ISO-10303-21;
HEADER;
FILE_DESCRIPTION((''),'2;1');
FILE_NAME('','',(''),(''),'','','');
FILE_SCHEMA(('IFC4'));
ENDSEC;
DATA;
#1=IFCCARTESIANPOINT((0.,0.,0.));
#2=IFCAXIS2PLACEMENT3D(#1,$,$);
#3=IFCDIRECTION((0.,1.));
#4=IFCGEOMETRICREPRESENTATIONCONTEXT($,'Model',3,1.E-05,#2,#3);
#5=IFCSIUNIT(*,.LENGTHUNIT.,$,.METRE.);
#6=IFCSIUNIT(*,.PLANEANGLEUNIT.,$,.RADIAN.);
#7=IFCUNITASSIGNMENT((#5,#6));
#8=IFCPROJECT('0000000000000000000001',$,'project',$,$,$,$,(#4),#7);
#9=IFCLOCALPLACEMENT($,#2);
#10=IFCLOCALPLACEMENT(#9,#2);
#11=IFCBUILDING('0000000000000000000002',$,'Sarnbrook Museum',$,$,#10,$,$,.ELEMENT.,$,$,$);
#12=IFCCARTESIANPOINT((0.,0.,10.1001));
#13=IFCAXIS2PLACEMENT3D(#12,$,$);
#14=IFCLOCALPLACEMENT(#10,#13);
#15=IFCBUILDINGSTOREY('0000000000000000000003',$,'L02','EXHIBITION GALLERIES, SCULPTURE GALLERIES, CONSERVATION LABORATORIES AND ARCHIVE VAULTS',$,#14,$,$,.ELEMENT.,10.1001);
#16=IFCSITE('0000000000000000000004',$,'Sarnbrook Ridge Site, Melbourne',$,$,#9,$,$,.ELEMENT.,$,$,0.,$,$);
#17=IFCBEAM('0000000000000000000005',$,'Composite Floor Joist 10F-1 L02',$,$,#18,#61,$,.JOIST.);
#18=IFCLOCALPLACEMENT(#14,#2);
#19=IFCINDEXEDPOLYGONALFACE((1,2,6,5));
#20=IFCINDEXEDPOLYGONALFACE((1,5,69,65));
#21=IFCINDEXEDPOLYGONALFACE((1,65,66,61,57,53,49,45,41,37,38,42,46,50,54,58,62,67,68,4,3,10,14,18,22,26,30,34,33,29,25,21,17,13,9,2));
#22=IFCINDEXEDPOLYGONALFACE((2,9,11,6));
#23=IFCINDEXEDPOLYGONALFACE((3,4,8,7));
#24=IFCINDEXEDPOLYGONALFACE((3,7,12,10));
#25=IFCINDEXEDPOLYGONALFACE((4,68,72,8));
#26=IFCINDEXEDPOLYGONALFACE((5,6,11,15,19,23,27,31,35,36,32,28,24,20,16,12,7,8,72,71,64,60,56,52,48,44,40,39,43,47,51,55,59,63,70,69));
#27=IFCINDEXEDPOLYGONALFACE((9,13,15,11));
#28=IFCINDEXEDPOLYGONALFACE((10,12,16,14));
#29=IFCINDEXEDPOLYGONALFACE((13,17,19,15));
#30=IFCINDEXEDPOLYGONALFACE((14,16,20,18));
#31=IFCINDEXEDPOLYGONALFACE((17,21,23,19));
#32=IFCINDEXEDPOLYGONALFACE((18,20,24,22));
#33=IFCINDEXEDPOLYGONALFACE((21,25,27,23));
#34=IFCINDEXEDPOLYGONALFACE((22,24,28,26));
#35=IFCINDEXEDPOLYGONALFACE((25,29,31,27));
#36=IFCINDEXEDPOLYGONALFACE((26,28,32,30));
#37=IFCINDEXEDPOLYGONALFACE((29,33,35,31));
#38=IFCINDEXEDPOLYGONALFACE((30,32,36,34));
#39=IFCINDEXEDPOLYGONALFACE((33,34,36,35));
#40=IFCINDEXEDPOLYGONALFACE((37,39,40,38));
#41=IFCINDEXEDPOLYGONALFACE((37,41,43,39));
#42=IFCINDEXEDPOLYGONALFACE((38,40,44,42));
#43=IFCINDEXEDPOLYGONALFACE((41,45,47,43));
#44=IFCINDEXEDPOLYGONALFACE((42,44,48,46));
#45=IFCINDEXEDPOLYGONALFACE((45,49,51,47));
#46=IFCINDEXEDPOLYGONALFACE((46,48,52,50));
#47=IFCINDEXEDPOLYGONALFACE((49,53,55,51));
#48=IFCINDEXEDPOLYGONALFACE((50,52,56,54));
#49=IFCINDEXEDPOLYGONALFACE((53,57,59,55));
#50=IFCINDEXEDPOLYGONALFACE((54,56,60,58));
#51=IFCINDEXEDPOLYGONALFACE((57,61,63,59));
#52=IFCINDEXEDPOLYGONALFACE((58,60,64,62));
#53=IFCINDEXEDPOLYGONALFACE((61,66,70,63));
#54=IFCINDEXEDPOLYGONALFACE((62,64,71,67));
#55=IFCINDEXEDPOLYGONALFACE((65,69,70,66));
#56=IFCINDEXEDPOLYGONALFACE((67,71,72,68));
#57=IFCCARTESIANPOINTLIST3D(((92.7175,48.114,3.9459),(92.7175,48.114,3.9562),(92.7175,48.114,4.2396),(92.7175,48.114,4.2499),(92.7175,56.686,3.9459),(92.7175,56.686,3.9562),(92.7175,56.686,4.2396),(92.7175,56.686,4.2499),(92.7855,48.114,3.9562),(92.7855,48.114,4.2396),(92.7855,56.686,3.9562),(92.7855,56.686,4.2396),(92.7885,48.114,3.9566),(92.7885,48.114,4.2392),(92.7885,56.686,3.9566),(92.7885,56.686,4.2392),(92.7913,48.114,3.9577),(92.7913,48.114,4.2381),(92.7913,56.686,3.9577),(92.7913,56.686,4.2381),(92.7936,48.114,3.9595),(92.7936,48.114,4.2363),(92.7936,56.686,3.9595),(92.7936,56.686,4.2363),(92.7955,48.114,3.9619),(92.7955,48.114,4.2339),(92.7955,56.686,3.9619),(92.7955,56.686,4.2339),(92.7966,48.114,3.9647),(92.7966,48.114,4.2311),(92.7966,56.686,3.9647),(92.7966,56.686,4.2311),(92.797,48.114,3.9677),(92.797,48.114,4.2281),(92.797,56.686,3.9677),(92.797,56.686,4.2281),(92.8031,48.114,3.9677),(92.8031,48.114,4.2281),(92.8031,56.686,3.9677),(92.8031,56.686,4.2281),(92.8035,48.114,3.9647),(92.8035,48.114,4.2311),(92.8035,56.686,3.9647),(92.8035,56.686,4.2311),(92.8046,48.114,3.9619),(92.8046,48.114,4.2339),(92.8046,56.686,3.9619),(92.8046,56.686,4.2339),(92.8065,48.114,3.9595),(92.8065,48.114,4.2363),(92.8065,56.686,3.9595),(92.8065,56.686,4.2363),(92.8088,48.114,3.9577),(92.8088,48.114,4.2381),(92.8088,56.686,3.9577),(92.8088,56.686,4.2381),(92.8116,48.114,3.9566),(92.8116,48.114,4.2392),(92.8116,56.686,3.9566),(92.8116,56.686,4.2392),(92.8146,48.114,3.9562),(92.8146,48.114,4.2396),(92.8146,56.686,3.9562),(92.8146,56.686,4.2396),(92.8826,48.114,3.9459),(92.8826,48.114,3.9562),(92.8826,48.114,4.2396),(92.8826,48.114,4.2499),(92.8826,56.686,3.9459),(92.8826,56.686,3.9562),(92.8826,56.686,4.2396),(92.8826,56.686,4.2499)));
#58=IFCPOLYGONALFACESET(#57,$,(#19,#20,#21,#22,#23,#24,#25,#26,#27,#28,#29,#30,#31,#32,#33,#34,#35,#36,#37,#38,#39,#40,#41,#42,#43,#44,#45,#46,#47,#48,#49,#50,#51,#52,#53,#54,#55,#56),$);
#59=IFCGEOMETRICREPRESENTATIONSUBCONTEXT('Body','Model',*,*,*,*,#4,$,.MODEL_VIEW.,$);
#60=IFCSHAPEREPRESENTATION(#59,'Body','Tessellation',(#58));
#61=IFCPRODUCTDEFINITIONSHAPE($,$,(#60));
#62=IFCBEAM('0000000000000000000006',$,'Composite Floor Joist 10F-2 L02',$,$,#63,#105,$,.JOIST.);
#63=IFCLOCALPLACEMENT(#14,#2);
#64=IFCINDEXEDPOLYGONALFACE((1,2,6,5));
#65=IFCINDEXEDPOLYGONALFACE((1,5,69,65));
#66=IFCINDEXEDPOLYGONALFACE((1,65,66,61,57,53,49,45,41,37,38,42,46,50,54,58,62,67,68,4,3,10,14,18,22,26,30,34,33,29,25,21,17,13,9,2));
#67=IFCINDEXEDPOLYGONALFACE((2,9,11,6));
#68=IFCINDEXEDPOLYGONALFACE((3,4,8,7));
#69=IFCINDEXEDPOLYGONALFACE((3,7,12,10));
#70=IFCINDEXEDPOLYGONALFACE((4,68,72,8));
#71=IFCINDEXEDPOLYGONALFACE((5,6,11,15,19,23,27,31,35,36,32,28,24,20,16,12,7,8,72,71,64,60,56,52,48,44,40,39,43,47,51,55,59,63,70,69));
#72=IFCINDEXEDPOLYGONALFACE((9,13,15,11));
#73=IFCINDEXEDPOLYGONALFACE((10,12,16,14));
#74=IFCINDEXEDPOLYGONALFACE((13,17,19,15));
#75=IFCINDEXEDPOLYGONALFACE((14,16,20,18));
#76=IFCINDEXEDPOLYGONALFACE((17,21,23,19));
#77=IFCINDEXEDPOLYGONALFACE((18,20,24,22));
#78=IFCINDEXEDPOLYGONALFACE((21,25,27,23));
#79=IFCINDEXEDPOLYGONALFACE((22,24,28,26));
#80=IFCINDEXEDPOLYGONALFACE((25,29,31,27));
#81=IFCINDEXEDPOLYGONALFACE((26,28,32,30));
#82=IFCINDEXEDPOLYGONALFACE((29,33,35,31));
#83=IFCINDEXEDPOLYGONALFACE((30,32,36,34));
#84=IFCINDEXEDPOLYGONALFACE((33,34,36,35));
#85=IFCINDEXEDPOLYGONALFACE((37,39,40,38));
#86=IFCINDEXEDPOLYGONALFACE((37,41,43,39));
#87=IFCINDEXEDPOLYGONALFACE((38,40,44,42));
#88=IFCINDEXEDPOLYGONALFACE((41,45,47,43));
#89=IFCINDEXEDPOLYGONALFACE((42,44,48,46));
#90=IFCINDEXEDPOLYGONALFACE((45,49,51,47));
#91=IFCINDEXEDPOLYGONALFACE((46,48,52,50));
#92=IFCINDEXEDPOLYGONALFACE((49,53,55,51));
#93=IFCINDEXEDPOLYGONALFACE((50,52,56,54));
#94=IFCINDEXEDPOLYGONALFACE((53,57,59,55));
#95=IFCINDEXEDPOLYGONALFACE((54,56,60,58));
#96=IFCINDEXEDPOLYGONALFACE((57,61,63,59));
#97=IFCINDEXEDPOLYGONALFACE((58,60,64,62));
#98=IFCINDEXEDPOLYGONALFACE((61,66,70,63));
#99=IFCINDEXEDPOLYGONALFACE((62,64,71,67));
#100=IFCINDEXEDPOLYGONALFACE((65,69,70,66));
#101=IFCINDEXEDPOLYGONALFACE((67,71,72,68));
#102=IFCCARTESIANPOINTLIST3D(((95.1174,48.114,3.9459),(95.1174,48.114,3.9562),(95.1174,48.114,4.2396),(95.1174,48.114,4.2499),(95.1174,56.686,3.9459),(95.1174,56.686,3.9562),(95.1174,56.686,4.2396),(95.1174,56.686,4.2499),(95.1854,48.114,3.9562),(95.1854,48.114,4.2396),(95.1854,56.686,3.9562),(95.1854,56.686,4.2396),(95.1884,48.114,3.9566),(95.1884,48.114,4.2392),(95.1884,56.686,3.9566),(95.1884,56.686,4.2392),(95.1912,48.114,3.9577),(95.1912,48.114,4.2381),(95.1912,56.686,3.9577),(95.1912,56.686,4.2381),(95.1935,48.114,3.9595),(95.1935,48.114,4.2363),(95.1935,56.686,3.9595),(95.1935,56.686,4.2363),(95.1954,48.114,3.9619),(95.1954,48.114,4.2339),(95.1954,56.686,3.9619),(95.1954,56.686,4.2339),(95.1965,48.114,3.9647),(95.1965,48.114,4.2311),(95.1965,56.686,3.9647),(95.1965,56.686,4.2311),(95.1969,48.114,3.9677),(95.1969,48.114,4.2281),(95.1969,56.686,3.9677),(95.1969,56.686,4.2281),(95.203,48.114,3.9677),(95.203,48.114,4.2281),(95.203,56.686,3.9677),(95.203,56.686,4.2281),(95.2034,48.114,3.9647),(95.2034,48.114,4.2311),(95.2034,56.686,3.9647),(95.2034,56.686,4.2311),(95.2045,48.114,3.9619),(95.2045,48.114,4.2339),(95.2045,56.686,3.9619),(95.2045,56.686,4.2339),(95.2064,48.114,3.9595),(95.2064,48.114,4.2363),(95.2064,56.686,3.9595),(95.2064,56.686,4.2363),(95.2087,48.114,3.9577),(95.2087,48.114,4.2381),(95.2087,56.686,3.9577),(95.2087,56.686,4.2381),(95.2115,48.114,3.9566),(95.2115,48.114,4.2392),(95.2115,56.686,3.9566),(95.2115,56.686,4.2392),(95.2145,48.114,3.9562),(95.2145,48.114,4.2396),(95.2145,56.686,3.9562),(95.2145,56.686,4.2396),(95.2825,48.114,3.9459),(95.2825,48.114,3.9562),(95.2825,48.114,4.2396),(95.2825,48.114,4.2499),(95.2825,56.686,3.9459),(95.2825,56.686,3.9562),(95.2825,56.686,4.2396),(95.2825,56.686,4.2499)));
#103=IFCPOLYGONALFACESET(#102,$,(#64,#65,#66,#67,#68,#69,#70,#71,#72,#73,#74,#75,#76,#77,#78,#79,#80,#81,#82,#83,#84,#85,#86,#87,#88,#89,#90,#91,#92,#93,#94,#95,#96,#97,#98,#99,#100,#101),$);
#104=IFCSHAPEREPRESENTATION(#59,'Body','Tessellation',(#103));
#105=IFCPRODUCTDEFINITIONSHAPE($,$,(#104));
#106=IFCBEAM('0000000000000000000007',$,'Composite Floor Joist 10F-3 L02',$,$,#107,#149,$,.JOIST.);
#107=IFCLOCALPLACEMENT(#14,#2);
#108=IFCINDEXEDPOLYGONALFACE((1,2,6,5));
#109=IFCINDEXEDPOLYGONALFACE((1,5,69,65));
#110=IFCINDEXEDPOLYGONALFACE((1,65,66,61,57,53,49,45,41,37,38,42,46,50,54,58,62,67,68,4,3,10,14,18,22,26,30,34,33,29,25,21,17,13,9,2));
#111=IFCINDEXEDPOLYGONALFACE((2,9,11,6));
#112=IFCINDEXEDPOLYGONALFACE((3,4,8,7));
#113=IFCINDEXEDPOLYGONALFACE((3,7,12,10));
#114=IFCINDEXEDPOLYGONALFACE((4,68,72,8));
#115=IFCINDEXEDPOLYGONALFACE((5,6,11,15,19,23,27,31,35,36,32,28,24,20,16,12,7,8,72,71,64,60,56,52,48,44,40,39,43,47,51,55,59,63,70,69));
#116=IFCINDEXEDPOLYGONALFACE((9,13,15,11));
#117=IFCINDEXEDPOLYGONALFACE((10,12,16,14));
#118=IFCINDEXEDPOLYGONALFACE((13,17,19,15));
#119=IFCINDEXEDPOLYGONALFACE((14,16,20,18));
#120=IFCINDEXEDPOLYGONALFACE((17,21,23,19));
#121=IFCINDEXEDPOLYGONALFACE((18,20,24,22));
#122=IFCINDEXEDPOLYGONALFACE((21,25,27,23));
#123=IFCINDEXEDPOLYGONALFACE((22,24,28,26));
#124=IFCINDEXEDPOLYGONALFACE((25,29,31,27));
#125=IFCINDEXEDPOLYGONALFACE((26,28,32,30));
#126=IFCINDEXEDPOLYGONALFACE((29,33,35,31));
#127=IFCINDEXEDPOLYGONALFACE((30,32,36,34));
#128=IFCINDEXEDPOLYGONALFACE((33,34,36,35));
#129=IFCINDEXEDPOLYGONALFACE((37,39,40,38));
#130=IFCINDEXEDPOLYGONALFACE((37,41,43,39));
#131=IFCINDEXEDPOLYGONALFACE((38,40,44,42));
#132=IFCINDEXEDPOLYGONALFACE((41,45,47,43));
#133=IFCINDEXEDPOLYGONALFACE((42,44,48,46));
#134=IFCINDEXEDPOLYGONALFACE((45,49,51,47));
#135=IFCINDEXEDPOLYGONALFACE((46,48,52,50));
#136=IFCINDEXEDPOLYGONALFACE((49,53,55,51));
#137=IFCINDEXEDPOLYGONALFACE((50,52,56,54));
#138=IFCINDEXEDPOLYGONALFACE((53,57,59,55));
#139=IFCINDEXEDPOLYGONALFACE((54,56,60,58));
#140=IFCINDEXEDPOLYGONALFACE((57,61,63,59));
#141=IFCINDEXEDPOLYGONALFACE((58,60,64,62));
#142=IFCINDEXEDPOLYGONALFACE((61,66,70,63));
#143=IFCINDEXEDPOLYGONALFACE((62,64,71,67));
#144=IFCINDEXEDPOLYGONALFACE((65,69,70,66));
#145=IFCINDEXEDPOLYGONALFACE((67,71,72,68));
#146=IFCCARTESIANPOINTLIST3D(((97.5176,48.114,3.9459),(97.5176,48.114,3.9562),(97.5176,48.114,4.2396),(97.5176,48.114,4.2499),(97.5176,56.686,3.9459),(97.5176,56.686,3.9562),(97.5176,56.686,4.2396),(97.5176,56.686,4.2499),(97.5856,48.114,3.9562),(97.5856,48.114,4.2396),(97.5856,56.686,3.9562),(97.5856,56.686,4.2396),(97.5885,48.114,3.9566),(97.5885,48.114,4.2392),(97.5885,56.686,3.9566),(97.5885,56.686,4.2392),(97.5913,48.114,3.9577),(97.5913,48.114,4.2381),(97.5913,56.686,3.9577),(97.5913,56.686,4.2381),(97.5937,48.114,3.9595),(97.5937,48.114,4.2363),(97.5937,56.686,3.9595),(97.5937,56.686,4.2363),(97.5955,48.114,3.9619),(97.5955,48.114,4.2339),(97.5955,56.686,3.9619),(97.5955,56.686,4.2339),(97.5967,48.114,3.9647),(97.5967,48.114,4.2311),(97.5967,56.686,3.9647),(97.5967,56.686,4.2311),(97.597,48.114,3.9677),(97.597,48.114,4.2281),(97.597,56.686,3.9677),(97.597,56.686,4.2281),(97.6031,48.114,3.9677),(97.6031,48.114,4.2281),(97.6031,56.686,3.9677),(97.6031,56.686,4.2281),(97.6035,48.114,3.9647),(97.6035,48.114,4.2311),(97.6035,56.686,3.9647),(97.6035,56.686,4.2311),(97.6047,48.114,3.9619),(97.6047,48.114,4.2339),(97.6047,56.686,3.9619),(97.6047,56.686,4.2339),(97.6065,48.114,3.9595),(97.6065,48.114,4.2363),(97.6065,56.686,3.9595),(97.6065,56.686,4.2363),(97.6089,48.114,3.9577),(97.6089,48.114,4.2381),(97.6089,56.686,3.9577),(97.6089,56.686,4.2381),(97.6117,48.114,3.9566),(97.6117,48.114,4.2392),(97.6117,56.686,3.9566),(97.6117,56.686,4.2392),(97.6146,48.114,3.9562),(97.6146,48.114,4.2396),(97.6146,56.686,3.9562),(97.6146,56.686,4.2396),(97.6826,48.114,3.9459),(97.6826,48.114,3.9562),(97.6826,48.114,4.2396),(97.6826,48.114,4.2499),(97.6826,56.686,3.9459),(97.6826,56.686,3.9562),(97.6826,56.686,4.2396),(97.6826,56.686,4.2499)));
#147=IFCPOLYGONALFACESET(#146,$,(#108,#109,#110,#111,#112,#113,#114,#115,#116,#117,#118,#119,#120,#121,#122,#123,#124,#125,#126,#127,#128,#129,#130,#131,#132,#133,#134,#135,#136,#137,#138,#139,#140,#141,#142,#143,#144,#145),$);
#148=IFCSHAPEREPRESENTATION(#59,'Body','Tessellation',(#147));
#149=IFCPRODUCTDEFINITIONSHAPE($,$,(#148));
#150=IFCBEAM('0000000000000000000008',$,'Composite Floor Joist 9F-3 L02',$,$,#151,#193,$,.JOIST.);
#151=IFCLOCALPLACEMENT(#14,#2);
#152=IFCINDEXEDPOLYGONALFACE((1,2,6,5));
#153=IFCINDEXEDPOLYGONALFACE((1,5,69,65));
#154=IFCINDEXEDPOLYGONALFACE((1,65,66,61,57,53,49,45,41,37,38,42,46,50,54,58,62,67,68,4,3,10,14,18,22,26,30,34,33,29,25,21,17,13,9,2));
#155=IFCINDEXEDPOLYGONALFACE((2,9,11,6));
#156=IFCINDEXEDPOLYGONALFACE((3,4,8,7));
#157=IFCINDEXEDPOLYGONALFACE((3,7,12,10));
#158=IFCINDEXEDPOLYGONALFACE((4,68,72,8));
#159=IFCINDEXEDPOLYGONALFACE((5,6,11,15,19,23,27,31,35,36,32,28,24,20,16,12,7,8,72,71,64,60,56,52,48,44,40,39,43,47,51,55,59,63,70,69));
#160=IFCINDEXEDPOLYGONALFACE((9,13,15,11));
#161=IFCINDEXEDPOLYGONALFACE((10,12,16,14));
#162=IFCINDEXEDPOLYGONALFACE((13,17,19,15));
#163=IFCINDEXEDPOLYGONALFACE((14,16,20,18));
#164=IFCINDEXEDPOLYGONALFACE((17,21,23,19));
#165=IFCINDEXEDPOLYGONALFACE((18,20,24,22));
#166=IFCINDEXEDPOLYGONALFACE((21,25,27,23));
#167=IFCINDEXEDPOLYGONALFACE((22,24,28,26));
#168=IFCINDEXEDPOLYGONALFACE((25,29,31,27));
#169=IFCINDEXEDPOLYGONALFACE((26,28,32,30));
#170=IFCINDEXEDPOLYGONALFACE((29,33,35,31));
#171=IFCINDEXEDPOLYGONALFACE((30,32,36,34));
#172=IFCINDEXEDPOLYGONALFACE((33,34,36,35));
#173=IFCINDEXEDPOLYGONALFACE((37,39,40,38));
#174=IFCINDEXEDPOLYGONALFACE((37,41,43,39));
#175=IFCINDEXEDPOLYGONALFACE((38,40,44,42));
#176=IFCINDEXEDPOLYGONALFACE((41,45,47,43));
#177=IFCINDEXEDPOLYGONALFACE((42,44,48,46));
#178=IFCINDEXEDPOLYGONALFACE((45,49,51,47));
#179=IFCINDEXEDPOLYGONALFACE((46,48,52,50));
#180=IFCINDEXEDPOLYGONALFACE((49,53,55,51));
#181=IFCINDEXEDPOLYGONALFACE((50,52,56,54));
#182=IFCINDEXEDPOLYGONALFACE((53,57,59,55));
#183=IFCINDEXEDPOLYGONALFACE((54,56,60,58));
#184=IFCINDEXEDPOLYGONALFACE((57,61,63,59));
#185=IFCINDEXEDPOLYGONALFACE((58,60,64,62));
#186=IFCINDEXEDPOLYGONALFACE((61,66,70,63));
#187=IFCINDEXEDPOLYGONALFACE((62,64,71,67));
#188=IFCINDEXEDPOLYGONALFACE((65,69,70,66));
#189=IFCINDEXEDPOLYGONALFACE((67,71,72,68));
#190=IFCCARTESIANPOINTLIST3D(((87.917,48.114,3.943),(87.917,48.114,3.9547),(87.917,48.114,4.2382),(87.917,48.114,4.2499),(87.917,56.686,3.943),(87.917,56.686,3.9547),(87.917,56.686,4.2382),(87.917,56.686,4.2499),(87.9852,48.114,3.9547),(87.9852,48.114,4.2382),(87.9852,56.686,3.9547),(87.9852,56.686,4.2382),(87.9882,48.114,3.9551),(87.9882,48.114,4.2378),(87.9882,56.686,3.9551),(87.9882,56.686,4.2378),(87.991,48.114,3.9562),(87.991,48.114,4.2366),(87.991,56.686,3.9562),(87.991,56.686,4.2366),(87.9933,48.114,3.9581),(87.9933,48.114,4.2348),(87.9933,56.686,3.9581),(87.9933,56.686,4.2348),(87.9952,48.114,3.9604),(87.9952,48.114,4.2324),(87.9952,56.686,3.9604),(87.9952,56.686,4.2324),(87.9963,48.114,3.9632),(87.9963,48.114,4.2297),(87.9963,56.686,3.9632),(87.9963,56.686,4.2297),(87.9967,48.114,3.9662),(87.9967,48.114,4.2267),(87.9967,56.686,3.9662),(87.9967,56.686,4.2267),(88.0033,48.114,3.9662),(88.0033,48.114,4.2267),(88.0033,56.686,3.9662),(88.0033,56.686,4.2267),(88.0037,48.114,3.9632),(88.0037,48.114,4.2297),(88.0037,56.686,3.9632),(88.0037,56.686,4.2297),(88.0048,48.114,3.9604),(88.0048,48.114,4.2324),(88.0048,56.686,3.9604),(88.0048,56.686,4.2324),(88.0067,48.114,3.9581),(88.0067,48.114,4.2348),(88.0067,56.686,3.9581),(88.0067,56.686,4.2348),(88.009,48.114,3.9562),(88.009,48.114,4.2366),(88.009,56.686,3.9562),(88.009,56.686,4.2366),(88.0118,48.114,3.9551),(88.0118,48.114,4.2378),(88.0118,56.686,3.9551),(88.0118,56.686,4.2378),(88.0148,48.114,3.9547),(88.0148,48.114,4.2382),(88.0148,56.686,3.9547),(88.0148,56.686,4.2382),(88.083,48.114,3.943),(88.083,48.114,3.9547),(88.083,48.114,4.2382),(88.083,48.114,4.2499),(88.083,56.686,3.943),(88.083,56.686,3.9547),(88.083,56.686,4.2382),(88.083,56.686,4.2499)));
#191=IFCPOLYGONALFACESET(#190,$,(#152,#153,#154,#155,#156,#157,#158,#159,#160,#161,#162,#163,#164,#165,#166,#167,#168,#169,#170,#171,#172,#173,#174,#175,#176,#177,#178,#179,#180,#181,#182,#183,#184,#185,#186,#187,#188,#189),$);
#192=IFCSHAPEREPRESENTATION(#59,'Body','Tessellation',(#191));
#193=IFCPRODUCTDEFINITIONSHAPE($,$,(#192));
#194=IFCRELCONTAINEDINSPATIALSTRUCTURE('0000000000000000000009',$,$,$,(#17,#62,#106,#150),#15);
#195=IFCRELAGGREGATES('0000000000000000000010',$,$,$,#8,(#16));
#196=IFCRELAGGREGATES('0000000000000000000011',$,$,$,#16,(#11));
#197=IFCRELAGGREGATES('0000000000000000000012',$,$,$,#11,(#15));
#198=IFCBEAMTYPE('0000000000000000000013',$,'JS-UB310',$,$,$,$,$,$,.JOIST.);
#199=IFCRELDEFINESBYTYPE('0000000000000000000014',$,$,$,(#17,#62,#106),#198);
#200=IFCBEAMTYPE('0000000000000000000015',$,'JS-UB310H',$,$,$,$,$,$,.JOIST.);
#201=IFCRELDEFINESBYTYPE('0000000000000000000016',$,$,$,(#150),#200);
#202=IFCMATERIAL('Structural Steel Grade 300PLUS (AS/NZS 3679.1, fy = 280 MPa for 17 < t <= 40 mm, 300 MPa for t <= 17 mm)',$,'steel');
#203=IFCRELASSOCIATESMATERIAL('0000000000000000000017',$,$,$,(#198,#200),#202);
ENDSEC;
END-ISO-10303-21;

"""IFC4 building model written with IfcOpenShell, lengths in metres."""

from ifc_helpers import new_model, si_unit, direction, frame, origin, origin_2d, place, context, subcontext, project, spatial, i_section, extrude, material, material_profile, profile_set, type_object, element, save


model = new_model("IFC4")

# Units and contexts
model_context = context("Model", 3, precision=1e-05, world=origin(), true_north=direction((0.0, 1.0)))
body_context = subcontext(model_context, "Body", "Model", "MODEL_VIEW")
ifc_project = project(units=[si_unit("LENGTHUNIT", "METRE"), si_unit("PLANEANGLEUNIT", "RADIAN")], contexts=[model_context])

# Site, building, storey
site_placement = place(None, origin())
site = spatial("IfcSite", under=ifc_project, at=site_placement, Name="Sarnbrook Ridge Site, Melbourne", CompositionType="ELEMENT", RefElevation=0.0)
building_placement = place(site_placement, origin())
building = spatial("IfcBuilding", under=site, at=building_placement, Name="Sarnbrook Museum", CompositionType="ELEMENT")
storey_placement = place(building_placement, frame((0.0, 0.0, 10.1001)))
storey = spatial("IfcBuildingStorey", under=building, at=storey_placement, Name="L02", Description="EXHIBITION GALLERIES, SCULPTURE GALLERIES, CONSERVATION LABORATORIES AND ARCHIVE VAULTS", CompositionType="ELEMENT", Elevation=10.1001)

# Shared definitions
ifc_material_1 = material(Name="Structural Steel Grade 300PLUS (AS/NZS 3679.1, fy = 280 MPa for 17 < t <= 40 mm, 300 MPa for t <= 17 mm)", Category="steel")

# Beams
ifc_material_profile_1 = material_profile(ifc_material_1, i_section(OverallWidth=0.165, OverallDepth=0.304, WebThickness=0.0061, FlangeThickness=0.0103, FilletRadius=0.0115, at=origin_2d()), Name="310UB40.4")
ifc_profile_set_1 = profile_set([ifc_material_profile_1], Name="Structural Steel Grade 300PLUS (AS/NZS 3679.1, fy = 280 MPa for 17 < t <= 40 mm, 300 MPa for t <= 17 mm)")
beam_type_1 = type_object("IfcBeamType", Name="JS-UB310", PredefinedType="JOIST", material=ifc_profile_set_1)
for number, where, z_axis, x_axis, name in (
    (1, (92.8, 48.114, 4.0979), (0.0, 1.0, 0.0), (-1.0, 0.0, 0.0), "Composite Floor Joist 10F-1 L02"),
    (2, (95.2, 48.114, 4.0979), (0.0, 1.0, 0.0), (-1.0, 0.0, 0.0), "Composite Floor Joist 10F-2 L02"),
    (3, (97.6001, 48.114, 4.0979), (0.0, 1.0, 0.0), (-1.0, 0.0, 0.0), "Composite Floor Joist 10F-3 L02"),
):
    element("IfcBeam", number, at=place(storey_placement, frame(where, z_axis=z_axis, x_axis=x_axis)), inside=storey, type_object=beam_type_1, Name=name, PredefinedType="JOIST", context=body_context, shape_type="SweptSolid", body=[
        extrude(i_section(OverallWidth=0.165, OverallDepth=0.304, WebThickness=0.0061, FlangeThickness=0.0103, FilletRadius=0.0115, at=origin_2d()), origin(), (0.0, 0.0, 1.0), 8.572),
    ])
ifc_material_profile_2 = material_profile(ifc_material_1, i_section(OverallWidth=0.166, OverallDepth=0.3069, WebThickness=0.0066, FlangeThickness=0.0117, FilletRadius=0.0115, at=origin_2d()), Name="310UB46.2")
ifc_profile_set_2 = profile_set([ifc_material_profile_2], Name="Structural Steel Grade 300PLUS (AS/NZS 3679.1, fy = 280 MPa for 17 < t <= 40 mm, 300 MPa for t <= 17 mm)")
beam_type_2 = type_object("IfcBeamType", Name="JS-UB310H", PredefinedType="JOIST", material=ifc_profile_set_2)
for number, where, z_axis, x_axis, name in (
    (4, (88.0, 48.114, 4.0964), (0.0, 1.0, 0.0), (-1.0, 0.0, 0.0), "Composite Floor Joist 9F-3 L02"),
):
    element("IfcBeam", number, at=place(storey_placement, frame(where, z_axis=z_axis, x_axis=x_axis)), inside=storey, type_object=beam_type_2, Name=name, PredefinedType="JOIST", context=body_context, shape_type="SweptSolid", body=[
        extrude(i_section(OverallWidth=0.166, OverallDepth=0.3069, WebThickness=0.0066, FlangeThickness=0.0117, FilletRadius=0.0115, at=origin_2d()), origin(), (0.0, 0.0, 1.0), 8.572),
    ])

save(model, "model.ifc")
